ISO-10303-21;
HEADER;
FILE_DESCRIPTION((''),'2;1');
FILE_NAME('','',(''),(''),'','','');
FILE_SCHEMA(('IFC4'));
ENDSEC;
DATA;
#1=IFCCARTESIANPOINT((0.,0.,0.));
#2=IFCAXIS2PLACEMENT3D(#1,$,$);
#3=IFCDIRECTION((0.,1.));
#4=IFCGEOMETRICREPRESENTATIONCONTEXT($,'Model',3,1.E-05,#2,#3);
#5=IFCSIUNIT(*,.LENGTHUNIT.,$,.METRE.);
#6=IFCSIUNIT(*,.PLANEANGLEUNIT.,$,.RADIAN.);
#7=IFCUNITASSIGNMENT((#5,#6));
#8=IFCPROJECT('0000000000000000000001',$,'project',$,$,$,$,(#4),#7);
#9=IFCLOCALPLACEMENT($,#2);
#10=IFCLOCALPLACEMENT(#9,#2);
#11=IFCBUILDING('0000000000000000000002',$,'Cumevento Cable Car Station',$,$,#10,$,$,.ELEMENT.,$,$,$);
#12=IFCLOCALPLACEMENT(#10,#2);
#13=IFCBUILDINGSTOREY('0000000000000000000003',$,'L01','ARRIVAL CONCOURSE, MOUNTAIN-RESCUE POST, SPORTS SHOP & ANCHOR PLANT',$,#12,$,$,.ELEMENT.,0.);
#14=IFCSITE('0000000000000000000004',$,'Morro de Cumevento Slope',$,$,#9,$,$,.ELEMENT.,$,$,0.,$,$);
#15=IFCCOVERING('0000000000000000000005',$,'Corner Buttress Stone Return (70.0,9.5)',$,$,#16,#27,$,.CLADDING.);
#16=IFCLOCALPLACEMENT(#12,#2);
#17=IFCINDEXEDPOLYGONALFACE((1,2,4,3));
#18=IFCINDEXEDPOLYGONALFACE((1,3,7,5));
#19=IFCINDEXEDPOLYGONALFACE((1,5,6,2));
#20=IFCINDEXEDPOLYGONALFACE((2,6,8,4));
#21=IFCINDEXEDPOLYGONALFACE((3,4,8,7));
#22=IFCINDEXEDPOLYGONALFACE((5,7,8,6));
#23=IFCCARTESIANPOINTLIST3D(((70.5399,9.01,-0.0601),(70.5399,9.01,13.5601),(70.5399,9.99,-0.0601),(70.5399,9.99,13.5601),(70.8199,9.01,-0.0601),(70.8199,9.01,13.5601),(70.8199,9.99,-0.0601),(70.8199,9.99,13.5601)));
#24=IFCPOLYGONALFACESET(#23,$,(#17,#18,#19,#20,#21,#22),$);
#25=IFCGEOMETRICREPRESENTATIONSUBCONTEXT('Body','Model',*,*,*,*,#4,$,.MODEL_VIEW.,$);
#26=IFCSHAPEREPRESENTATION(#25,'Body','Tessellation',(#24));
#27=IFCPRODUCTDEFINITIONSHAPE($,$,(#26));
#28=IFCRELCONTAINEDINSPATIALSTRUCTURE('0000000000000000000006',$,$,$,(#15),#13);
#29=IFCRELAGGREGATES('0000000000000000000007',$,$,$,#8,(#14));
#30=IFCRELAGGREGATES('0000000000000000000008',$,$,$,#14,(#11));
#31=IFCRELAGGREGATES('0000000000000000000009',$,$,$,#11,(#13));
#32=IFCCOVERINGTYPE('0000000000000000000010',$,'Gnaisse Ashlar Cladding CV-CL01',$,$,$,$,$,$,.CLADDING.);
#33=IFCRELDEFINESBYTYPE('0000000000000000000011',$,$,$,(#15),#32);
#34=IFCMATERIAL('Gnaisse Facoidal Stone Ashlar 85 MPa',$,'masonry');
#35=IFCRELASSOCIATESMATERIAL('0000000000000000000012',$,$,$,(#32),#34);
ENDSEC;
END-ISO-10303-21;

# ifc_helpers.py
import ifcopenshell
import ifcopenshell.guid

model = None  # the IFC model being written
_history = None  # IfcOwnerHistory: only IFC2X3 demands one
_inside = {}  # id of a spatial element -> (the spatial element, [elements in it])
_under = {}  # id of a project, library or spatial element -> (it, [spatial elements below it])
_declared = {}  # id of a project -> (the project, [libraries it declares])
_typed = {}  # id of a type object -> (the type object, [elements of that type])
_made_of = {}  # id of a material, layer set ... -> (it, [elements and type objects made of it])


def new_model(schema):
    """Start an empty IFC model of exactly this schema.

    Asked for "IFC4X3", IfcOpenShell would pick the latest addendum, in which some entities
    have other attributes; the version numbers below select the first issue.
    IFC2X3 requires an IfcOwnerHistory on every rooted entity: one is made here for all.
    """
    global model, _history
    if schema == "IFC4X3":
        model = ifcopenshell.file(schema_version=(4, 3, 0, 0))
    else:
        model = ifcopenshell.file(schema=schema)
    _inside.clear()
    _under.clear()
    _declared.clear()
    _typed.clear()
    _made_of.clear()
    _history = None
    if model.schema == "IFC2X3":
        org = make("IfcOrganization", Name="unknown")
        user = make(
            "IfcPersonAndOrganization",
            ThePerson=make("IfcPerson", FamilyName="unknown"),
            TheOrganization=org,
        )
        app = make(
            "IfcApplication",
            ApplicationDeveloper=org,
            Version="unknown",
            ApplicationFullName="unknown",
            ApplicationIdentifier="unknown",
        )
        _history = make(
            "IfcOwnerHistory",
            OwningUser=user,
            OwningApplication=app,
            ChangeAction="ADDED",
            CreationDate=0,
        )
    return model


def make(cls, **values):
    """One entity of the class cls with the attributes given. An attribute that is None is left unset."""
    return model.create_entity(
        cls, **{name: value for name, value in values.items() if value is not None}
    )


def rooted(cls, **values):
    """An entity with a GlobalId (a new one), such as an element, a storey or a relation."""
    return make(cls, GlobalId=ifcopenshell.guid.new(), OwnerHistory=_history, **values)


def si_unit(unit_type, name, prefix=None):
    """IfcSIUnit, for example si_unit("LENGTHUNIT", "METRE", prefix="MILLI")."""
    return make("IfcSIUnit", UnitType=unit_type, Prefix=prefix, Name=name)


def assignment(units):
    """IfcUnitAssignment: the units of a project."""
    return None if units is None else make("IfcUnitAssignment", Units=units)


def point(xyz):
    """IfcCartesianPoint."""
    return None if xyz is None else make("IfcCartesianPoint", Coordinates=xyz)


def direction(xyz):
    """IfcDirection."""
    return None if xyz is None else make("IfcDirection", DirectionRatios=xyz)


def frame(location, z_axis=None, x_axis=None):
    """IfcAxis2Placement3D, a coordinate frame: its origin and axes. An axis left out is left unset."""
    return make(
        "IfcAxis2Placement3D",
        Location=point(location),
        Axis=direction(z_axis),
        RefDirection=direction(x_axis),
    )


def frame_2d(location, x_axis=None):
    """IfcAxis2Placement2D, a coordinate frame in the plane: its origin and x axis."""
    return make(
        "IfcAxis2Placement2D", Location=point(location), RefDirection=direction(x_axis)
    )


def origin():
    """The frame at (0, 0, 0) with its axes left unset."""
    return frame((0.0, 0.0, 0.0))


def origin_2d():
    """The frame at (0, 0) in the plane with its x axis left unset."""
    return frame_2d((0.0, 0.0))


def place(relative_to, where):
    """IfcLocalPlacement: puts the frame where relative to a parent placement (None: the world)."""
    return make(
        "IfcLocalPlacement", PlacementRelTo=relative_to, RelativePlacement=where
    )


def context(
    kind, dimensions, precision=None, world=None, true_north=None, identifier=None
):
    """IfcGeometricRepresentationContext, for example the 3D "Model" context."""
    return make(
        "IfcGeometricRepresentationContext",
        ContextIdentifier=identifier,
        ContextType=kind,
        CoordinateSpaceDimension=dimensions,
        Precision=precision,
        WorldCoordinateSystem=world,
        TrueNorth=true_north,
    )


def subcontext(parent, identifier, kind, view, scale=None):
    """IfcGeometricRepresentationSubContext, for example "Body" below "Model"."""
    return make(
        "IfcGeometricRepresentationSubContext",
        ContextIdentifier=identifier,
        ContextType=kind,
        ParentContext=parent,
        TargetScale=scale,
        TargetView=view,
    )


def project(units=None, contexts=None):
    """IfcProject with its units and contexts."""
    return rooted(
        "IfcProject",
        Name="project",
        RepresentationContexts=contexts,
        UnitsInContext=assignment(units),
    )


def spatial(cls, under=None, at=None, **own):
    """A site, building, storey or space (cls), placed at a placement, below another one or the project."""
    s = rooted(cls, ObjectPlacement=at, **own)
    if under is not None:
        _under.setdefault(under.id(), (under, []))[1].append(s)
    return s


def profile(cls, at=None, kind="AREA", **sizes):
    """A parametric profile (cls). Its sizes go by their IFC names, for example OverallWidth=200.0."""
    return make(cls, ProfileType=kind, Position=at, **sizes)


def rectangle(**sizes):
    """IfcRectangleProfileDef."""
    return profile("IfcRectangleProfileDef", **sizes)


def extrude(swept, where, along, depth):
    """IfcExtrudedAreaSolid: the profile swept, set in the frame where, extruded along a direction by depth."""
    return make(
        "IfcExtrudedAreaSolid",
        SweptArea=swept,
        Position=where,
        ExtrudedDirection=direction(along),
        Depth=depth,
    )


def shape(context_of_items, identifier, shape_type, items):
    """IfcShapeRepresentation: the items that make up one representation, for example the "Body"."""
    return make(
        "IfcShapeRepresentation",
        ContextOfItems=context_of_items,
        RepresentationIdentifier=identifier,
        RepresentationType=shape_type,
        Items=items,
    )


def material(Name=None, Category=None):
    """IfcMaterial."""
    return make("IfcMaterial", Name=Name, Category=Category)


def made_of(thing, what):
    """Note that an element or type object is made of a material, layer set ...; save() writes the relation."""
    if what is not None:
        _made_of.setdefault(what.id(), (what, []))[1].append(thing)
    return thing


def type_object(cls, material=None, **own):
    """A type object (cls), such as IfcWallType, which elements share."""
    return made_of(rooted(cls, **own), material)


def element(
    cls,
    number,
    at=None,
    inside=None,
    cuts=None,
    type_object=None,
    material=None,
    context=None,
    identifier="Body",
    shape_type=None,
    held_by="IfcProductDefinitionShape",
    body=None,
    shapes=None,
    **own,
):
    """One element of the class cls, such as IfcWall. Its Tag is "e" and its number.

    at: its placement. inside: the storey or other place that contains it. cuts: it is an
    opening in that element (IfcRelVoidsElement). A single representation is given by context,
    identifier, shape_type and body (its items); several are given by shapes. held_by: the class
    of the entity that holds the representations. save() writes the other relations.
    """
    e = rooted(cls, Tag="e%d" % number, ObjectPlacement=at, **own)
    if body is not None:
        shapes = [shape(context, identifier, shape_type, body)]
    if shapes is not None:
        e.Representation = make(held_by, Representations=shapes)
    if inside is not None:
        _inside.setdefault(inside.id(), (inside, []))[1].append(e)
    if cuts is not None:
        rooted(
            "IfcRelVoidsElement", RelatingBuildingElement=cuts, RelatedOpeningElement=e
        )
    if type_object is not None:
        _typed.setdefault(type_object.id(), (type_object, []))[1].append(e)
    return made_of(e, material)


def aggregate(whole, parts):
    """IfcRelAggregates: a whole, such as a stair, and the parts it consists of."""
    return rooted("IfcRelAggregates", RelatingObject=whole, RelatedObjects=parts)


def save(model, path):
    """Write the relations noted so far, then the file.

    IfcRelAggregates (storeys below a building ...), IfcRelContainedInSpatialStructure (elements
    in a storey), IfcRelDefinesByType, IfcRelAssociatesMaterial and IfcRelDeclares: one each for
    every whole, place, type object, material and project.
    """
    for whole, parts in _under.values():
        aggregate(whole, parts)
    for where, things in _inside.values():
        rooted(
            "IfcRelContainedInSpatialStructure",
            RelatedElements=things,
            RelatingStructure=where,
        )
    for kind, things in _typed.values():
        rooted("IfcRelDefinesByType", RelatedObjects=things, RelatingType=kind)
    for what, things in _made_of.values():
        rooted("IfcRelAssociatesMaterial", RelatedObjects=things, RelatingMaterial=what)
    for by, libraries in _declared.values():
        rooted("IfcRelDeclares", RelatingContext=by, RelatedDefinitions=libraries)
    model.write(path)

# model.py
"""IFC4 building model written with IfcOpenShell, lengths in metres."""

from ifc_helpers import new_model, si_unit, direction, frame, origin, origin_2d, place, context, subcontext, project, spatial, rectangle, extrude, material, type_object, element, save


model = new_model("IFC4")

# Units and contexts
model_context = context("Model", 3, precision=1e-05, world=origin(), true_north=direction((0.0, 1.0)))
body_context = subcontext(model_context, "Body", "Model", "MODEL_VIEW")
ifc_project = project(units=[si_unit("LENGTHUNIT", "METRE"), si_unit("PLANEANGLEUNIT", "RADIAN")], contexts=[model_context])

# Site, building, storey
site_placement = place(None, origin())
site = spatial("IfcSite", under=ifc_project, at=site_placement, Name="Morro de Cumevento Slope", CompositionType="ELEMENT", RefElevation=0.0)
building_placement = place(site_placement, origin())
building = spatial("IfcBuilding", under=site, at=building_placement, Name="Cumevento Cable Car Station", CompositionType="ELEMENT")
storey_placement = place(building_placement, origin())
storey = spatial("IfcBuildingStorey", under=building, at=storey_placement, Name="L01", Description="ARRIVAL CONCOURSE, MOUNTAIN-RESCUE POST, SPORTS SHOP & ANCHOR PLANT", CompositionType="ELEMENT", Elevation=0.0)

# Covering
ifc_material_1 = material(Name="Gnaisse Facoidal Stone Ashlar 85 MPa", Category="masonry")
covering_type = type_object("IfcCoveringType", Name="Gnaisse Ashlar Cladding CV-CL01", PredefinedType="CLADDING", material=ifc_material_1)
covering_1_placement = place(storey_placement, frame((70.6799, 9.5, -0.0601), z_axis=(0.0, 0.0, 1.0), x_axis=(1.0, 0.0, 0.0)))
element("IfcCovering", 1, at=covering_1_placement, inside=storey, type_object=covering_type, Name="Corner Buttress Stone Return (70.0,9.5)", PredefinedType="CLADDING", context=body_context, shape_type="SweptSolid", body=[
    extrude(rectangle(XDim=0.28, YDim=0.98, at=origin_2d()), origin(), (0.0, 0.0, 1.0), 13.6201),
])

save(model, "model.ifc")
